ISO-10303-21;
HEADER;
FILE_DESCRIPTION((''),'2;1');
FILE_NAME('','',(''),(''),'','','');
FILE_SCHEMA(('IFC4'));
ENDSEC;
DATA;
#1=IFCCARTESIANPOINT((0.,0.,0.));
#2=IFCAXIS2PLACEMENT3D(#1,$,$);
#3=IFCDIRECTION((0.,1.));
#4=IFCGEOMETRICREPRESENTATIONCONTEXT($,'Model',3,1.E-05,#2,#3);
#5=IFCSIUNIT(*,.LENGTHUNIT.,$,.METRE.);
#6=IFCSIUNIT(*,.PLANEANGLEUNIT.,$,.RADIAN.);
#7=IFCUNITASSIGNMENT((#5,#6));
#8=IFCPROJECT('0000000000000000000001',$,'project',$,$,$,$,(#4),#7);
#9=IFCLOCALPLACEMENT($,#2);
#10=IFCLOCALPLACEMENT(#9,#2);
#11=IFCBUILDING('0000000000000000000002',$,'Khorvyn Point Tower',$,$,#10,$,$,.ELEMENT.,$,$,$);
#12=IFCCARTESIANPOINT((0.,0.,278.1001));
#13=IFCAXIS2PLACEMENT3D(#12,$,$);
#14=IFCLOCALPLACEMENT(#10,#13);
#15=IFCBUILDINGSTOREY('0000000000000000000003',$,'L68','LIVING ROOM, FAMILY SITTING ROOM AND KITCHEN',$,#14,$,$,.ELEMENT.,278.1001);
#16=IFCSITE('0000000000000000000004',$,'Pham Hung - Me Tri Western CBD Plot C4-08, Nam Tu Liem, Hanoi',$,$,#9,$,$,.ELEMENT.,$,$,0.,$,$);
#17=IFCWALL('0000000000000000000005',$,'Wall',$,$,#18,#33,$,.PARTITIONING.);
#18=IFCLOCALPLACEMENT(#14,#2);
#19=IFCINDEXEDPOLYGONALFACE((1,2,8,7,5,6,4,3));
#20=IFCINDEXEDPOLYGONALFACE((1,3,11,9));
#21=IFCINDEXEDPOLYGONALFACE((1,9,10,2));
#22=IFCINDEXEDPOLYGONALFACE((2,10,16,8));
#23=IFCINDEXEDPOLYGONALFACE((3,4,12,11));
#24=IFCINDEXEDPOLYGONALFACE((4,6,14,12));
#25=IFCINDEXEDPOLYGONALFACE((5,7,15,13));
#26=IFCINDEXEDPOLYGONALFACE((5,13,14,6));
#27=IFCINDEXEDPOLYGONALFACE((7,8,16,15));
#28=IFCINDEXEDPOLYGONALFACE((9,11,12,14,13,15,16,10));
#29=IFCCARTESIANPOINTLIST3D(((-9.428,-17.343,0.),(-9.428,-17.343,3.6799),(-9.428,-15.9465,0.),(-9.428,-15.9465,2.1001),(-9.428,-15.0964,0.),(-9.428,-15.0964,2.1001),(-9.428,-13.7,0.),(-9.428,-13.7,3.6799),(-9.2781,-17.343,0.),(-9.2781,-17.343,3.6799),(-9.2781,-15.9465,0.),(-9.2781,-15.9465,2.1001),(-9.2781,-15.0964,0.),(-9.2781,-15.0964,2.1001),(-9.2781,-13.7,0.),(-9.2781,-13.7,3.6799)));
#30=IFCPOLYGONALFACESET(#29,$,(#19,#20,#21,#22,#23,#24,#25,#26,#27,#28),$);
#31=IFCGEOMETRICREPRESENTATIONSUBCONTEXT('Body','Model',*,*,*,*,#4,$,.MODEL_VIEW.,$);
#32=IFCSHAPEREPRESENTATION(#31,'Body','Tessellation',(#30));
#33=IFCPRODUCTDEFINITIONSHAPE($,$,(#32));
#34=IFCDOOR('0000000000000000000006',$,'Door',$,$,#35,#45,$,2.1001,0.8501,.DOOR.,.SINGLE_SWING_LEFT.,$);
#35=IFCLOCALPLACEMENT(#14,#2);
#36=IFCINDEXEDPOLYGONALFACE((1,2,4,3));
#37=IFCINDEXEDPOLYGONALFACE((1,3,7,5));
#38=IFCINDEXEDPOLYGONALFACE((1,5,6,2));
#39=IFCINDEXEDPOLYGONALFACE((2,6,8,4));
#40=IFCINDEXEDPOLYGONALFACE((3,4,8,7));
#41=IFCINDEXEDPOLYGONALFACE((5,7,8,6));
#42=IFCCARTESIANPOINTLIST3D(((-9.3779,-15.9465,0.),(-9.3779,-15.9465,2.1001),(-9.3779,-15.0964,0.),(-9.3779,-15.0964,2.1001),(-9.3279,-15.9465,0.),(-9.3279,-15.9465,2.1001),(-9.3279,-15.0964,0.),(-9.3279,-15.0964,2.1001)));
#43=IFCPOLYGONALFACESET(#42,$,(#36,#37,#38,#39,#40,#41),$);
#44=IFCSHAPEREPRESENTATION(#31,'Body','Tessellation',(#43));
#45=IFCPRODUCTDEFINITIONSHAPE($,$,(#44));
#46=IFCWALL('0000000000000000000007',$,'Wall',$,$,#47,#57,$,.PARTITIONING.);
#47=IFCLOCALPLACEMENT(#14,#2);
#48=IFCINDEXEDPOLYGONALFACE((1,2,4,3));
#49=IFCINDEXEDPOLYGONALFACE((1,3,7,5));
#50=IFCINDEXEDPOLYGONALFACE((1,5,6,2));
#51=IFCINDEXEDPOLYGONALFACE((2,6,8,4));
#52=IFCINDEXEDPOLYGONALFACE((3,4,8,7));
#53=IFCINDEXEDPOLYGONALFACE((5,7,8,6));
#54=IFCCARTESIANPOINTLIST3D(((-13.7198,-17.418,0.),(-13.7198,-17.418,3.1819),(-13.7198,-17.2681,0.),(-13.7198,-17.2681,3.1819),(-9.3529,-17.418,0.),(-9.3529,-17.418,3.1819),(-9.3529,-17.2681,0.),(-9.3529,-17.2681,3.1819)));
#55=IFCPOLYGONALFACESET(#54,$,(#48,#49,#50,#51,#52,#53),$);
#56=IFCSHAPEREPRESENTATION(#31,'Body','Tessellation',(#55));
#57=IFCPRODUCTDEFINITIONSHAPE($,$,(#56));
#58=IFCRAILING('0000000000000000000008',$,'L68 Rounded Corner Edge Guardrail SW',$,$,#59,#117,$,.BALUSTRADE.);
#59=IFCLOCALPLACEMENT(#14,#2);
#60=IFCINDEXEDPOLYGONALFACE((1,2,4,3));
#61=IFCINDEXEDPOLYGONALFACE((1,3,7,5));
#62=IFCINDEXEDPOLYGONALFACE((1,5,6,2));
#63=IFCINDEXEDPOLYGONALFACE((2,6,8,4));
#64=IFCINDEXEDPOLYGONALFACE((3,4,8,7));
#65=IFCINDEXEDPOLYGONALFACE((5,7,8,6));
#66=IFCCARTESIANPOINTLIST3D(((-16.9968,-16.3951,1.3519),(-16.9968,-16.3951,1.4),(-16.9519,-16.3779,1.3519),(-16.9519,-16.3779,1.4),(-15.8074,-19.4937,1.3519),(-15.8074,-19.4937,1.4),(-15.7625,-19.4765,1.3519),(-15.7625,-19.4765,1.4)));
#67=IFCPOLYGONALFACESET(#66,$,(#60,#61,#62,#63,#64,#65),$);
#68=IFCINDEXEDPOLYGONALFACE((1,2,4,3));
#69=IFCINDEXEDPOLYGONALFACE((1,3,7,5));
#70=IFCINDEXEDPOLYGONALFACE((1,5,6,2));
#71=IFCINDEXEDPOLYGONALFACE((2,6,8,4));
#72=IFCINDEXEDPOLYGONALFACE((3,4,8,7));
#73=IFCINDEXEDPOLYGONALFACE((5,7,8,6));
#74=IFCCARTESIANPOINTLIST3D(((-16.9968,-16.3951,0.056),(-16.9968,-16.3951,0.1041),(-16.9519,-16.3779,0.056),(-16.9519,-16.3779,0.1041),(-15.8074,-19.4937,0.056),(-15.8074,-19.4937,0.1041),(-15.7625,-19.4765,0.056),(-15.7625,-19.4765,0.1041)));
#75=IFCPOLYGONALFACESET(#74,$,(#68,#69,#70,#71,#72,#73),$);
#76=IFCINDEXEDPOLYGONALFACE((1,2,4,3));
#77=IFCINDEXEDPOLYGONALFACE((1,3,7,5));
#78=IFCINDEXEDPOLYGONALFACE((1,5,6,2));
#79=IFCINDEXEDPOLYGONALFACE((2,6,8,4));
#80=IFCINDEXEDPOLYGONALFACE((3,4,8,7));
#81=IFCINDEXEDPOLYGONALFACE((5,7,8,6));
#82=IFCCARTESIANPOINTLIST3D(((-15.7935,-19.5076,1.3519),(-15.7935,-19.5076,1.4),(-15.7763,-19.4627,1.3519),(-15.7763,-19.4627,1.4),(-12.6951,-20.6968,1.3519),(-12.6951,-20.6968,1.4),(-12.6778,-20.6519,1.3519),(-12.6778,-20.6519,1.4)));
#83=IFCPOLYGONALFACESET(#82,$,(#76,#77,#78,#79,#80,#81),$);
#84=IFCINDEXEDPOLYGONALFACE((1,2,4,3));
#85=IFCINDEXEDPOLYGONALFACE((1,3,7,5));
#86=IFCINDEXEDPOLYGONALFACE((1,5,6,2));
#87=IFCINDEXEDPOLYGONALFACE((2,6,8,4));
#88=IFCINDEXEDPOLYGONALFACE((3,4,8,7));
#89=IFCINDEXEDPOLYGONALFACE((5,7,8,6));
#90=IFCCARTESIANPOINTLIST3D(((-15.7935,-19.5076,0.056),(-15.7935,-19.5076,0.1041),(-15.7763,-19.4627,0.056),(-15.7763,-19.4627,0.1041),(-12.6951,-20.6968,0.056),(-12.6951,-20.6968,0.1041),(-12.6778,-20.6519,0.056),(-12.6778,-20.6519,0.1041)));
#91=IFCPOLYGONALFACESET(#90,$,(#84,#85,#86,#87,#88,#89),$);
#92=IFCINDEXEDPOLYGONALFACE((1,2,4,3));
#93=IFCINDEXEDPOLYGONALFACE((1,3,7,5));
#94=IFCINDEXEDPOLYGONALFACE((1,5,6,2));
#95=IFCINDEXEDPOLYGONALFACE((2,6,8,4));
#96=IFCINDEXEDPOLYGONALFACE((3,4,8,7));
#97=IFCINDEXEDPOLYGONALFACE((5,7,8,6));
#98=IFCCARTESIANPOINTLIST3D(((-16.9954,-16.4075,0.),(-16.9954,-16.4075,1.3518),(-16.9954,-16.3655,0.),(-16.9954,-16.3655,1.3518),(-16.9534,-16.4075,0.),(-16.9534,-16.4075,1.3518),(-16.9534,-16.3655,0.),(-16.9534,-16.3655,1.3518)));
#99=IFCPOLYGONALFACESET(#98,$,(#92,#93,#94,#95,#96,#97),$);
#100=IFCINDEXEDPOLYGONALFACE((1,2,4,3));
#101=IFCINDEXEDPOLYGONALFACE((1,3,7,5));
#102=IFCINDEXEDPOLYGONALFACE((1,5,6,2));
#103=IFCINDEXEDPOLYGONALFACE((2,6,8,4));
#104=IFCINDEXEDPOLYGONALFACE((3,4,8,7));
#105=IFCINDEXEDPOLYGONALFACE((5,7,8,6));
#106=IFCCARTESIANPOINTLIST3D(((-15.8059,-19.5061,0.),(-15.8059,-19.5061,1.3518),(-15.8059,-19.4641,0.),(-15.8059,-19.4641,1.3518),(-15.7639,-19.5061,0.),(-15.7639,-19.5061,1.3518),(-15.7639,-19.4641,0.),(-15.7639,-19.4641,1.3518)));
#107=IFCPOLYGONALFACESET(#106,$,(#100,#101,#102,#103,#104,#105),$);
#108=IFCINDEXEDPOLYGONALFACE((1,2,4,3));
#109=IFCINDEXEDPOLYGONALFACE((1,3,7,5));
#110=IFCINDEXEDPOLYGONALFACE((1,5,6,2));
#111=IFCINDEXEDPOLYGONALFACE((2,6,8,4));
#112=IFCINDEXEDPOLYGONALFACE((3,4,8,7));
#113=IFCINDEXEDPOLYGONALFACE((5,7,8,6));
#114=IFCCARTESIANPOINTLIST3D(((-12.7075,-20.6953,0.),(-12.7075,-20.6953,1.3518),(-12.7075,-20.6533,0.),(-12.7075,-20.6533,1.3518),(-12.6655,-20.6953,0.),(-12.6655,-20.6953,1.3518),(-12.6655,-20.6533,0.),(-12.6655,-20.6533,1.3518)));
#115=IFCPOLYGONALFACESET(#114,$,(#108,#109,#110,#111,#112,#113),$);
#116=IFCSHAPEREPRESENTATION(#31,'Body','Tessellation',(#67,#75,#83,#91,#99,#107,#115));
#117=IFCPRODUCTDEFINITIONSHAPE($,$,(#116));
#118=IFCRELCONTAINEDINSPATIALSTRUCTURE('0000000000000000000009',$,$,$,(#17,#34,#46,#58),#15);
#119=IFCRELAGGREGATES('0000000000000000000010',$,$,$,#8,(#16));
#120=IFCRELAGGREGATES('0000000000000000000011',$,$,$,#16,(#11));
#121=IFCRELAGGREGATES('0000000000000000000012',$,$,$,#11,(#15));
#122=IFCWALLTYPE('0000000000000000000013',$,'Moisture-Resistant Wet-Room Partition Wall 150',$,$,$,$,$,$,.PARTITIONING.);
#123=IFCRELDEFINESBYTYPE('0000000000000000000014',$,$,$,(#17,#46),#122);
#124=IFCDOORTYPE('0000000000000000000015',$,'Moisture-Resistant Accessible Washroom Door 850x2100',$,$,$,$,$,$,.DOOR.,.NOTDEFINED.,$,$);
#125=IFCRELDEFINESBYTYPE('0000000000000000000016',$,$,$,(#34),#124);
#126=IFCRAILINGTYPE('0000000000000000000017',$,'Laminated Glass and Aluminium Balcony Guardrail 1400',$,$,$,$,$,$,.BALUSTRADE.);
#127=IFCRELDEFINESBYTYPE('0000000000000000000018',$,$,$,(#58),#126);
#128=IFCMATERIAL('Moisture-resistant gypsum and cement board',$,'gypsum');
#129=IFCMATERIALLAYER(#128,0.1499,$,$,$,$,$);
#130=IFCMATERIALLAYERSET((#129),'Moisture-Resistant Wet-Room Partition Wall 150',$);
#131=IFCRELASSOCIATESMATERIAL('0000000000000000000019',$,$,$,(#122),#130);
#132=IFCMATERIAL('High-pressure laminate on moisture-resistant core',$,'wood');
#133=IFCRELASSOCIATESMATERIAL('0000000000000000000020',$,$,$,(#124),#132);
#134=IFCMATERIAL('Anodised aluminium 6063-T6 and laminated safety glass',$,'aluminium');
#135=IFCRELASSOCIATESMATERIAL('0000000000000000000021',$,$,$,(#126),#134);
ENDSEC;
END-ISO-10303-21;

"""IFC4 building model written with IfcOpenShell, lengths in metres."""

from ifc_helpers import new_model, si_unit, direction, frame, frame_2d, origin, origin_2d, place, context, subcontext, project, spatial, rectangle, extrude, material, layer, layer_set, type_object, element, fill, save


model = new_model("IFC4")

# Units and contexts
model_context = context("Model", 3, precision=1e-05, world=origin(), true_north=direction((0.0, 1.0)))
body_context = subcontext(model_context, "Body", "Model", "MODEL_VIEW")
ifc_project = project(units=[si_unit("LENGTHUNIT", "METRE"), si_unit("PLANEANGLEUNIT", "RADIAN")], contexts=[model_context])

# Site, building, storey
site_placement = place(None, origin())
site = spatial("IfcSite", under=ifc_project, at=site_placement, Name="Pham Hung - Me Tri Western CBD Plot C4-08, Nam Tu Liem, Hanoi", CompositionType="ELEMENT", RefElevation=0.0)
building_placement = place(site_placement, origin())
building = spatial("IfcBuilding", under=site, at=building_placement, Name="Khorvyn Point Tower", CompositionType="ELEMENT")
storey_placement = place(building_placement, frame((0.0, 0.0, 278.1001)))
storey = spatial("IfcBuildingStorey", under=building, at=storey_placement, Name="L68", Description="LIVING ROOM, FAMILY SITTING ROOM AND KITCHEN", CompositionType="ELEMENT", Elevation=278.1001)

# Wall, opening, door
ifc_material_1 = material(Name="Moisture-resistant gypsum and cement board", Category="gypsum")
ifc_layer_1 = layer(ifc_material_1, 0.1499)
ifc_layer_set_1 = layer_set([ifc_layer_1], Name="Moisture-Resistant Wet-Room Partition Wall 150")
wall_type_1 = type_object("IfcWallType", Name="Moisture-Resistant Wet-Room Partition Wall 150", PredefinedType="PARTITIONING", material=ifc_layer_set_1)
wall_1_placement = place(storey_placement, frame((-9.353, -17.343, 0.0), z_axis=(0.0, 0.0, 1.0), x_axis=(0.0, 1.0, 0.0)))
wall_1 = element("IfcWall", 1, at=wall_1_placement, inside=storey, type_object=wall_type_1, Name="Wall", PredefinedType="PARTITIONING", context=body_context, shape_type="SweptSolid", body=[
    extrude(rectangle(XDim=3.6431, YDim=0.1499, at=frame_2d((1.8215, 0.0))), origin(), (0.0, 0.0, 1.0), 3.6799),
])
opening_1_placement = place(wall_1_placement, frame((1.3965, 0.0, 0.0)))
opening_1 = element("IfcOpeningElement", 2, at=opening_1_placement, cuts=wall_1, PredefinedType="OPENING", context=body_context, shape_type="SweptSolid", body=[
    extrude(rectangle(XDim=0.8501, YDim=2.1001, at=frame_2d((0.425, 1.05))), frame((0.0, 0.085, 0.0), z_axis=(0.0, -1.0, 0.0), x_axis=(1.0, 0.0, 0.0)), (0.0, 0.0, 1.0), 0.1699),
])
ifc_material_2 = material(Name="High-pressure laminate on moisture-resistant core", Category="wood")
door_type_1 = type_object("IfcDoorType", Name="Moisture-Resistant Accessible Washroom Door 850x2100", OperationType="NOTDEFINED", PredefinedType="DOOR", material=ifc_material_2)
door_1_placement = place(opening_1_placement, origin())
door_1 = element("IfcDoor", 3, at=door_1_placement, inside=storey, type_object=door_type_1, Name="Door", OperationType="SINGLE_SWING_LEFT", OverallHeight=2.1001, OverallWidth=0.8501, PredefinedType="DOOR", context=body_context, shape_type="SweptSolid", body=[
    extrude(rectangle(XDim=0.8501, YDim=2.1001, at=frame_2d((0.425, 1.05))), frame((0.0, 0.0249, 0.0), z_axis=(0.0, -1.0, 0.0), x_axis=(1.0, 0.0, 0.0)), (0.0, 0.0, 1.0), 0.05),
])
fill(opening_1, door_1)

# Wall
wall_2_placement = place(storey_placement, frame((-13.72, -17.343, 0.0), z_axis=(0.0, 0.0, 1.0), x_axis=(1.0, 0.0, 0.0)))
element("IfcWall", 4, at=wall_2_placement, inside=storey, type_object=wall_type_1, Name="Wall", PredefinedType="PARTITIONING", context=body_context, shape_type="SweptSolid", body=[
    extrude(rectangle(XDim=4.3669, YDim=0.1499, at=frame_2d((2.1836, 0.0))), origin(), (0.0, 0.0, 1.0), 3.1819),
])

# Railing
ifc_material_3 = material(Name="Anodised aluminium 6063-T6 and laminated safety glass", Category="aluminium")
railing_type = type_object("IfcRailingType", Name="Laminated Glass and Aluminium Balcony Guardrail 1400", PredefinedType="BALUSTRADE", material=ifc_material_3)
railing_1_placement = place(storey_placement, frame((-16.9744, -16.3865, 0.0)))
element("IfcRailing", 5, at=railing_1_placement, inside=storey, type_object=railing_type, Name="L68 Rounded Corner Edge Guardrail SW", PredefinedType="BALUSTRADE", context=body_context, shape_type="SweptSolid", body=[
    extrude(rectangle(XDim=0.0481, YDim=0.0481, at=origin_2d()), frame((0.0, 0.0, 1.376), z_axis=(0.358368, -0.93358, 0.0), x_axis=(0.93358, 0.358368, 0.0)), (0.0, 0.0, 1.0), 3.3191),
    extrude(rectangle(XDim=0.0481, YDim=0.0481, at=origin_2d()), frame((0.0, 0.0, 0.0801), z_axis=(0.358368, -0.93358, 0.0), x_axis=(0.93358, 0.358368, 0.0)), (0.0, 0.0, 1.0), 3.3191),
    extrude(rectangle(XDim=0.0481, YDim=0.0481, at=origin_2d()), frame((1.1895, -3.0986, 1.376), z_axis=(0.933596, -0.358328, 0.0), x_axis=(0.358328, 0.933596, 0.0)), (0.0, 0.0, 1.0), 3.3188),
    extrude(rectangle(XDim=0.0481, YDim=0.0481, at=origin_2d()), frame((1.1895, -3.0986, 0.0801), z_axis=(0.933596, -0.358328, 0.0), x_axis=(0.358328, 0.933596, 0.0)), (0.0, 0.0, 1.0), 3.3188),
    extrude(rectangle(XDim=0.042, YDim=0.042, at=origin_2d()), origin(), (0.0, 0.0, 1.0), 1.3518),
    extrude(rectangle(XDim=0.042, YDim=0.042, at=origin_2d()), frame((1.1895, -3.0986, 0.0)), (0.0, 0.0, 1.0), 1.3518),
    extrude(rectangle(XDim=0.042, YDim=0.042, at=origin_2d()), frame((4.2878, -4.2878, 0.0)), (0.0, 0.0, 1.0), 1.3518),
])

save(model, "model.ifc")
